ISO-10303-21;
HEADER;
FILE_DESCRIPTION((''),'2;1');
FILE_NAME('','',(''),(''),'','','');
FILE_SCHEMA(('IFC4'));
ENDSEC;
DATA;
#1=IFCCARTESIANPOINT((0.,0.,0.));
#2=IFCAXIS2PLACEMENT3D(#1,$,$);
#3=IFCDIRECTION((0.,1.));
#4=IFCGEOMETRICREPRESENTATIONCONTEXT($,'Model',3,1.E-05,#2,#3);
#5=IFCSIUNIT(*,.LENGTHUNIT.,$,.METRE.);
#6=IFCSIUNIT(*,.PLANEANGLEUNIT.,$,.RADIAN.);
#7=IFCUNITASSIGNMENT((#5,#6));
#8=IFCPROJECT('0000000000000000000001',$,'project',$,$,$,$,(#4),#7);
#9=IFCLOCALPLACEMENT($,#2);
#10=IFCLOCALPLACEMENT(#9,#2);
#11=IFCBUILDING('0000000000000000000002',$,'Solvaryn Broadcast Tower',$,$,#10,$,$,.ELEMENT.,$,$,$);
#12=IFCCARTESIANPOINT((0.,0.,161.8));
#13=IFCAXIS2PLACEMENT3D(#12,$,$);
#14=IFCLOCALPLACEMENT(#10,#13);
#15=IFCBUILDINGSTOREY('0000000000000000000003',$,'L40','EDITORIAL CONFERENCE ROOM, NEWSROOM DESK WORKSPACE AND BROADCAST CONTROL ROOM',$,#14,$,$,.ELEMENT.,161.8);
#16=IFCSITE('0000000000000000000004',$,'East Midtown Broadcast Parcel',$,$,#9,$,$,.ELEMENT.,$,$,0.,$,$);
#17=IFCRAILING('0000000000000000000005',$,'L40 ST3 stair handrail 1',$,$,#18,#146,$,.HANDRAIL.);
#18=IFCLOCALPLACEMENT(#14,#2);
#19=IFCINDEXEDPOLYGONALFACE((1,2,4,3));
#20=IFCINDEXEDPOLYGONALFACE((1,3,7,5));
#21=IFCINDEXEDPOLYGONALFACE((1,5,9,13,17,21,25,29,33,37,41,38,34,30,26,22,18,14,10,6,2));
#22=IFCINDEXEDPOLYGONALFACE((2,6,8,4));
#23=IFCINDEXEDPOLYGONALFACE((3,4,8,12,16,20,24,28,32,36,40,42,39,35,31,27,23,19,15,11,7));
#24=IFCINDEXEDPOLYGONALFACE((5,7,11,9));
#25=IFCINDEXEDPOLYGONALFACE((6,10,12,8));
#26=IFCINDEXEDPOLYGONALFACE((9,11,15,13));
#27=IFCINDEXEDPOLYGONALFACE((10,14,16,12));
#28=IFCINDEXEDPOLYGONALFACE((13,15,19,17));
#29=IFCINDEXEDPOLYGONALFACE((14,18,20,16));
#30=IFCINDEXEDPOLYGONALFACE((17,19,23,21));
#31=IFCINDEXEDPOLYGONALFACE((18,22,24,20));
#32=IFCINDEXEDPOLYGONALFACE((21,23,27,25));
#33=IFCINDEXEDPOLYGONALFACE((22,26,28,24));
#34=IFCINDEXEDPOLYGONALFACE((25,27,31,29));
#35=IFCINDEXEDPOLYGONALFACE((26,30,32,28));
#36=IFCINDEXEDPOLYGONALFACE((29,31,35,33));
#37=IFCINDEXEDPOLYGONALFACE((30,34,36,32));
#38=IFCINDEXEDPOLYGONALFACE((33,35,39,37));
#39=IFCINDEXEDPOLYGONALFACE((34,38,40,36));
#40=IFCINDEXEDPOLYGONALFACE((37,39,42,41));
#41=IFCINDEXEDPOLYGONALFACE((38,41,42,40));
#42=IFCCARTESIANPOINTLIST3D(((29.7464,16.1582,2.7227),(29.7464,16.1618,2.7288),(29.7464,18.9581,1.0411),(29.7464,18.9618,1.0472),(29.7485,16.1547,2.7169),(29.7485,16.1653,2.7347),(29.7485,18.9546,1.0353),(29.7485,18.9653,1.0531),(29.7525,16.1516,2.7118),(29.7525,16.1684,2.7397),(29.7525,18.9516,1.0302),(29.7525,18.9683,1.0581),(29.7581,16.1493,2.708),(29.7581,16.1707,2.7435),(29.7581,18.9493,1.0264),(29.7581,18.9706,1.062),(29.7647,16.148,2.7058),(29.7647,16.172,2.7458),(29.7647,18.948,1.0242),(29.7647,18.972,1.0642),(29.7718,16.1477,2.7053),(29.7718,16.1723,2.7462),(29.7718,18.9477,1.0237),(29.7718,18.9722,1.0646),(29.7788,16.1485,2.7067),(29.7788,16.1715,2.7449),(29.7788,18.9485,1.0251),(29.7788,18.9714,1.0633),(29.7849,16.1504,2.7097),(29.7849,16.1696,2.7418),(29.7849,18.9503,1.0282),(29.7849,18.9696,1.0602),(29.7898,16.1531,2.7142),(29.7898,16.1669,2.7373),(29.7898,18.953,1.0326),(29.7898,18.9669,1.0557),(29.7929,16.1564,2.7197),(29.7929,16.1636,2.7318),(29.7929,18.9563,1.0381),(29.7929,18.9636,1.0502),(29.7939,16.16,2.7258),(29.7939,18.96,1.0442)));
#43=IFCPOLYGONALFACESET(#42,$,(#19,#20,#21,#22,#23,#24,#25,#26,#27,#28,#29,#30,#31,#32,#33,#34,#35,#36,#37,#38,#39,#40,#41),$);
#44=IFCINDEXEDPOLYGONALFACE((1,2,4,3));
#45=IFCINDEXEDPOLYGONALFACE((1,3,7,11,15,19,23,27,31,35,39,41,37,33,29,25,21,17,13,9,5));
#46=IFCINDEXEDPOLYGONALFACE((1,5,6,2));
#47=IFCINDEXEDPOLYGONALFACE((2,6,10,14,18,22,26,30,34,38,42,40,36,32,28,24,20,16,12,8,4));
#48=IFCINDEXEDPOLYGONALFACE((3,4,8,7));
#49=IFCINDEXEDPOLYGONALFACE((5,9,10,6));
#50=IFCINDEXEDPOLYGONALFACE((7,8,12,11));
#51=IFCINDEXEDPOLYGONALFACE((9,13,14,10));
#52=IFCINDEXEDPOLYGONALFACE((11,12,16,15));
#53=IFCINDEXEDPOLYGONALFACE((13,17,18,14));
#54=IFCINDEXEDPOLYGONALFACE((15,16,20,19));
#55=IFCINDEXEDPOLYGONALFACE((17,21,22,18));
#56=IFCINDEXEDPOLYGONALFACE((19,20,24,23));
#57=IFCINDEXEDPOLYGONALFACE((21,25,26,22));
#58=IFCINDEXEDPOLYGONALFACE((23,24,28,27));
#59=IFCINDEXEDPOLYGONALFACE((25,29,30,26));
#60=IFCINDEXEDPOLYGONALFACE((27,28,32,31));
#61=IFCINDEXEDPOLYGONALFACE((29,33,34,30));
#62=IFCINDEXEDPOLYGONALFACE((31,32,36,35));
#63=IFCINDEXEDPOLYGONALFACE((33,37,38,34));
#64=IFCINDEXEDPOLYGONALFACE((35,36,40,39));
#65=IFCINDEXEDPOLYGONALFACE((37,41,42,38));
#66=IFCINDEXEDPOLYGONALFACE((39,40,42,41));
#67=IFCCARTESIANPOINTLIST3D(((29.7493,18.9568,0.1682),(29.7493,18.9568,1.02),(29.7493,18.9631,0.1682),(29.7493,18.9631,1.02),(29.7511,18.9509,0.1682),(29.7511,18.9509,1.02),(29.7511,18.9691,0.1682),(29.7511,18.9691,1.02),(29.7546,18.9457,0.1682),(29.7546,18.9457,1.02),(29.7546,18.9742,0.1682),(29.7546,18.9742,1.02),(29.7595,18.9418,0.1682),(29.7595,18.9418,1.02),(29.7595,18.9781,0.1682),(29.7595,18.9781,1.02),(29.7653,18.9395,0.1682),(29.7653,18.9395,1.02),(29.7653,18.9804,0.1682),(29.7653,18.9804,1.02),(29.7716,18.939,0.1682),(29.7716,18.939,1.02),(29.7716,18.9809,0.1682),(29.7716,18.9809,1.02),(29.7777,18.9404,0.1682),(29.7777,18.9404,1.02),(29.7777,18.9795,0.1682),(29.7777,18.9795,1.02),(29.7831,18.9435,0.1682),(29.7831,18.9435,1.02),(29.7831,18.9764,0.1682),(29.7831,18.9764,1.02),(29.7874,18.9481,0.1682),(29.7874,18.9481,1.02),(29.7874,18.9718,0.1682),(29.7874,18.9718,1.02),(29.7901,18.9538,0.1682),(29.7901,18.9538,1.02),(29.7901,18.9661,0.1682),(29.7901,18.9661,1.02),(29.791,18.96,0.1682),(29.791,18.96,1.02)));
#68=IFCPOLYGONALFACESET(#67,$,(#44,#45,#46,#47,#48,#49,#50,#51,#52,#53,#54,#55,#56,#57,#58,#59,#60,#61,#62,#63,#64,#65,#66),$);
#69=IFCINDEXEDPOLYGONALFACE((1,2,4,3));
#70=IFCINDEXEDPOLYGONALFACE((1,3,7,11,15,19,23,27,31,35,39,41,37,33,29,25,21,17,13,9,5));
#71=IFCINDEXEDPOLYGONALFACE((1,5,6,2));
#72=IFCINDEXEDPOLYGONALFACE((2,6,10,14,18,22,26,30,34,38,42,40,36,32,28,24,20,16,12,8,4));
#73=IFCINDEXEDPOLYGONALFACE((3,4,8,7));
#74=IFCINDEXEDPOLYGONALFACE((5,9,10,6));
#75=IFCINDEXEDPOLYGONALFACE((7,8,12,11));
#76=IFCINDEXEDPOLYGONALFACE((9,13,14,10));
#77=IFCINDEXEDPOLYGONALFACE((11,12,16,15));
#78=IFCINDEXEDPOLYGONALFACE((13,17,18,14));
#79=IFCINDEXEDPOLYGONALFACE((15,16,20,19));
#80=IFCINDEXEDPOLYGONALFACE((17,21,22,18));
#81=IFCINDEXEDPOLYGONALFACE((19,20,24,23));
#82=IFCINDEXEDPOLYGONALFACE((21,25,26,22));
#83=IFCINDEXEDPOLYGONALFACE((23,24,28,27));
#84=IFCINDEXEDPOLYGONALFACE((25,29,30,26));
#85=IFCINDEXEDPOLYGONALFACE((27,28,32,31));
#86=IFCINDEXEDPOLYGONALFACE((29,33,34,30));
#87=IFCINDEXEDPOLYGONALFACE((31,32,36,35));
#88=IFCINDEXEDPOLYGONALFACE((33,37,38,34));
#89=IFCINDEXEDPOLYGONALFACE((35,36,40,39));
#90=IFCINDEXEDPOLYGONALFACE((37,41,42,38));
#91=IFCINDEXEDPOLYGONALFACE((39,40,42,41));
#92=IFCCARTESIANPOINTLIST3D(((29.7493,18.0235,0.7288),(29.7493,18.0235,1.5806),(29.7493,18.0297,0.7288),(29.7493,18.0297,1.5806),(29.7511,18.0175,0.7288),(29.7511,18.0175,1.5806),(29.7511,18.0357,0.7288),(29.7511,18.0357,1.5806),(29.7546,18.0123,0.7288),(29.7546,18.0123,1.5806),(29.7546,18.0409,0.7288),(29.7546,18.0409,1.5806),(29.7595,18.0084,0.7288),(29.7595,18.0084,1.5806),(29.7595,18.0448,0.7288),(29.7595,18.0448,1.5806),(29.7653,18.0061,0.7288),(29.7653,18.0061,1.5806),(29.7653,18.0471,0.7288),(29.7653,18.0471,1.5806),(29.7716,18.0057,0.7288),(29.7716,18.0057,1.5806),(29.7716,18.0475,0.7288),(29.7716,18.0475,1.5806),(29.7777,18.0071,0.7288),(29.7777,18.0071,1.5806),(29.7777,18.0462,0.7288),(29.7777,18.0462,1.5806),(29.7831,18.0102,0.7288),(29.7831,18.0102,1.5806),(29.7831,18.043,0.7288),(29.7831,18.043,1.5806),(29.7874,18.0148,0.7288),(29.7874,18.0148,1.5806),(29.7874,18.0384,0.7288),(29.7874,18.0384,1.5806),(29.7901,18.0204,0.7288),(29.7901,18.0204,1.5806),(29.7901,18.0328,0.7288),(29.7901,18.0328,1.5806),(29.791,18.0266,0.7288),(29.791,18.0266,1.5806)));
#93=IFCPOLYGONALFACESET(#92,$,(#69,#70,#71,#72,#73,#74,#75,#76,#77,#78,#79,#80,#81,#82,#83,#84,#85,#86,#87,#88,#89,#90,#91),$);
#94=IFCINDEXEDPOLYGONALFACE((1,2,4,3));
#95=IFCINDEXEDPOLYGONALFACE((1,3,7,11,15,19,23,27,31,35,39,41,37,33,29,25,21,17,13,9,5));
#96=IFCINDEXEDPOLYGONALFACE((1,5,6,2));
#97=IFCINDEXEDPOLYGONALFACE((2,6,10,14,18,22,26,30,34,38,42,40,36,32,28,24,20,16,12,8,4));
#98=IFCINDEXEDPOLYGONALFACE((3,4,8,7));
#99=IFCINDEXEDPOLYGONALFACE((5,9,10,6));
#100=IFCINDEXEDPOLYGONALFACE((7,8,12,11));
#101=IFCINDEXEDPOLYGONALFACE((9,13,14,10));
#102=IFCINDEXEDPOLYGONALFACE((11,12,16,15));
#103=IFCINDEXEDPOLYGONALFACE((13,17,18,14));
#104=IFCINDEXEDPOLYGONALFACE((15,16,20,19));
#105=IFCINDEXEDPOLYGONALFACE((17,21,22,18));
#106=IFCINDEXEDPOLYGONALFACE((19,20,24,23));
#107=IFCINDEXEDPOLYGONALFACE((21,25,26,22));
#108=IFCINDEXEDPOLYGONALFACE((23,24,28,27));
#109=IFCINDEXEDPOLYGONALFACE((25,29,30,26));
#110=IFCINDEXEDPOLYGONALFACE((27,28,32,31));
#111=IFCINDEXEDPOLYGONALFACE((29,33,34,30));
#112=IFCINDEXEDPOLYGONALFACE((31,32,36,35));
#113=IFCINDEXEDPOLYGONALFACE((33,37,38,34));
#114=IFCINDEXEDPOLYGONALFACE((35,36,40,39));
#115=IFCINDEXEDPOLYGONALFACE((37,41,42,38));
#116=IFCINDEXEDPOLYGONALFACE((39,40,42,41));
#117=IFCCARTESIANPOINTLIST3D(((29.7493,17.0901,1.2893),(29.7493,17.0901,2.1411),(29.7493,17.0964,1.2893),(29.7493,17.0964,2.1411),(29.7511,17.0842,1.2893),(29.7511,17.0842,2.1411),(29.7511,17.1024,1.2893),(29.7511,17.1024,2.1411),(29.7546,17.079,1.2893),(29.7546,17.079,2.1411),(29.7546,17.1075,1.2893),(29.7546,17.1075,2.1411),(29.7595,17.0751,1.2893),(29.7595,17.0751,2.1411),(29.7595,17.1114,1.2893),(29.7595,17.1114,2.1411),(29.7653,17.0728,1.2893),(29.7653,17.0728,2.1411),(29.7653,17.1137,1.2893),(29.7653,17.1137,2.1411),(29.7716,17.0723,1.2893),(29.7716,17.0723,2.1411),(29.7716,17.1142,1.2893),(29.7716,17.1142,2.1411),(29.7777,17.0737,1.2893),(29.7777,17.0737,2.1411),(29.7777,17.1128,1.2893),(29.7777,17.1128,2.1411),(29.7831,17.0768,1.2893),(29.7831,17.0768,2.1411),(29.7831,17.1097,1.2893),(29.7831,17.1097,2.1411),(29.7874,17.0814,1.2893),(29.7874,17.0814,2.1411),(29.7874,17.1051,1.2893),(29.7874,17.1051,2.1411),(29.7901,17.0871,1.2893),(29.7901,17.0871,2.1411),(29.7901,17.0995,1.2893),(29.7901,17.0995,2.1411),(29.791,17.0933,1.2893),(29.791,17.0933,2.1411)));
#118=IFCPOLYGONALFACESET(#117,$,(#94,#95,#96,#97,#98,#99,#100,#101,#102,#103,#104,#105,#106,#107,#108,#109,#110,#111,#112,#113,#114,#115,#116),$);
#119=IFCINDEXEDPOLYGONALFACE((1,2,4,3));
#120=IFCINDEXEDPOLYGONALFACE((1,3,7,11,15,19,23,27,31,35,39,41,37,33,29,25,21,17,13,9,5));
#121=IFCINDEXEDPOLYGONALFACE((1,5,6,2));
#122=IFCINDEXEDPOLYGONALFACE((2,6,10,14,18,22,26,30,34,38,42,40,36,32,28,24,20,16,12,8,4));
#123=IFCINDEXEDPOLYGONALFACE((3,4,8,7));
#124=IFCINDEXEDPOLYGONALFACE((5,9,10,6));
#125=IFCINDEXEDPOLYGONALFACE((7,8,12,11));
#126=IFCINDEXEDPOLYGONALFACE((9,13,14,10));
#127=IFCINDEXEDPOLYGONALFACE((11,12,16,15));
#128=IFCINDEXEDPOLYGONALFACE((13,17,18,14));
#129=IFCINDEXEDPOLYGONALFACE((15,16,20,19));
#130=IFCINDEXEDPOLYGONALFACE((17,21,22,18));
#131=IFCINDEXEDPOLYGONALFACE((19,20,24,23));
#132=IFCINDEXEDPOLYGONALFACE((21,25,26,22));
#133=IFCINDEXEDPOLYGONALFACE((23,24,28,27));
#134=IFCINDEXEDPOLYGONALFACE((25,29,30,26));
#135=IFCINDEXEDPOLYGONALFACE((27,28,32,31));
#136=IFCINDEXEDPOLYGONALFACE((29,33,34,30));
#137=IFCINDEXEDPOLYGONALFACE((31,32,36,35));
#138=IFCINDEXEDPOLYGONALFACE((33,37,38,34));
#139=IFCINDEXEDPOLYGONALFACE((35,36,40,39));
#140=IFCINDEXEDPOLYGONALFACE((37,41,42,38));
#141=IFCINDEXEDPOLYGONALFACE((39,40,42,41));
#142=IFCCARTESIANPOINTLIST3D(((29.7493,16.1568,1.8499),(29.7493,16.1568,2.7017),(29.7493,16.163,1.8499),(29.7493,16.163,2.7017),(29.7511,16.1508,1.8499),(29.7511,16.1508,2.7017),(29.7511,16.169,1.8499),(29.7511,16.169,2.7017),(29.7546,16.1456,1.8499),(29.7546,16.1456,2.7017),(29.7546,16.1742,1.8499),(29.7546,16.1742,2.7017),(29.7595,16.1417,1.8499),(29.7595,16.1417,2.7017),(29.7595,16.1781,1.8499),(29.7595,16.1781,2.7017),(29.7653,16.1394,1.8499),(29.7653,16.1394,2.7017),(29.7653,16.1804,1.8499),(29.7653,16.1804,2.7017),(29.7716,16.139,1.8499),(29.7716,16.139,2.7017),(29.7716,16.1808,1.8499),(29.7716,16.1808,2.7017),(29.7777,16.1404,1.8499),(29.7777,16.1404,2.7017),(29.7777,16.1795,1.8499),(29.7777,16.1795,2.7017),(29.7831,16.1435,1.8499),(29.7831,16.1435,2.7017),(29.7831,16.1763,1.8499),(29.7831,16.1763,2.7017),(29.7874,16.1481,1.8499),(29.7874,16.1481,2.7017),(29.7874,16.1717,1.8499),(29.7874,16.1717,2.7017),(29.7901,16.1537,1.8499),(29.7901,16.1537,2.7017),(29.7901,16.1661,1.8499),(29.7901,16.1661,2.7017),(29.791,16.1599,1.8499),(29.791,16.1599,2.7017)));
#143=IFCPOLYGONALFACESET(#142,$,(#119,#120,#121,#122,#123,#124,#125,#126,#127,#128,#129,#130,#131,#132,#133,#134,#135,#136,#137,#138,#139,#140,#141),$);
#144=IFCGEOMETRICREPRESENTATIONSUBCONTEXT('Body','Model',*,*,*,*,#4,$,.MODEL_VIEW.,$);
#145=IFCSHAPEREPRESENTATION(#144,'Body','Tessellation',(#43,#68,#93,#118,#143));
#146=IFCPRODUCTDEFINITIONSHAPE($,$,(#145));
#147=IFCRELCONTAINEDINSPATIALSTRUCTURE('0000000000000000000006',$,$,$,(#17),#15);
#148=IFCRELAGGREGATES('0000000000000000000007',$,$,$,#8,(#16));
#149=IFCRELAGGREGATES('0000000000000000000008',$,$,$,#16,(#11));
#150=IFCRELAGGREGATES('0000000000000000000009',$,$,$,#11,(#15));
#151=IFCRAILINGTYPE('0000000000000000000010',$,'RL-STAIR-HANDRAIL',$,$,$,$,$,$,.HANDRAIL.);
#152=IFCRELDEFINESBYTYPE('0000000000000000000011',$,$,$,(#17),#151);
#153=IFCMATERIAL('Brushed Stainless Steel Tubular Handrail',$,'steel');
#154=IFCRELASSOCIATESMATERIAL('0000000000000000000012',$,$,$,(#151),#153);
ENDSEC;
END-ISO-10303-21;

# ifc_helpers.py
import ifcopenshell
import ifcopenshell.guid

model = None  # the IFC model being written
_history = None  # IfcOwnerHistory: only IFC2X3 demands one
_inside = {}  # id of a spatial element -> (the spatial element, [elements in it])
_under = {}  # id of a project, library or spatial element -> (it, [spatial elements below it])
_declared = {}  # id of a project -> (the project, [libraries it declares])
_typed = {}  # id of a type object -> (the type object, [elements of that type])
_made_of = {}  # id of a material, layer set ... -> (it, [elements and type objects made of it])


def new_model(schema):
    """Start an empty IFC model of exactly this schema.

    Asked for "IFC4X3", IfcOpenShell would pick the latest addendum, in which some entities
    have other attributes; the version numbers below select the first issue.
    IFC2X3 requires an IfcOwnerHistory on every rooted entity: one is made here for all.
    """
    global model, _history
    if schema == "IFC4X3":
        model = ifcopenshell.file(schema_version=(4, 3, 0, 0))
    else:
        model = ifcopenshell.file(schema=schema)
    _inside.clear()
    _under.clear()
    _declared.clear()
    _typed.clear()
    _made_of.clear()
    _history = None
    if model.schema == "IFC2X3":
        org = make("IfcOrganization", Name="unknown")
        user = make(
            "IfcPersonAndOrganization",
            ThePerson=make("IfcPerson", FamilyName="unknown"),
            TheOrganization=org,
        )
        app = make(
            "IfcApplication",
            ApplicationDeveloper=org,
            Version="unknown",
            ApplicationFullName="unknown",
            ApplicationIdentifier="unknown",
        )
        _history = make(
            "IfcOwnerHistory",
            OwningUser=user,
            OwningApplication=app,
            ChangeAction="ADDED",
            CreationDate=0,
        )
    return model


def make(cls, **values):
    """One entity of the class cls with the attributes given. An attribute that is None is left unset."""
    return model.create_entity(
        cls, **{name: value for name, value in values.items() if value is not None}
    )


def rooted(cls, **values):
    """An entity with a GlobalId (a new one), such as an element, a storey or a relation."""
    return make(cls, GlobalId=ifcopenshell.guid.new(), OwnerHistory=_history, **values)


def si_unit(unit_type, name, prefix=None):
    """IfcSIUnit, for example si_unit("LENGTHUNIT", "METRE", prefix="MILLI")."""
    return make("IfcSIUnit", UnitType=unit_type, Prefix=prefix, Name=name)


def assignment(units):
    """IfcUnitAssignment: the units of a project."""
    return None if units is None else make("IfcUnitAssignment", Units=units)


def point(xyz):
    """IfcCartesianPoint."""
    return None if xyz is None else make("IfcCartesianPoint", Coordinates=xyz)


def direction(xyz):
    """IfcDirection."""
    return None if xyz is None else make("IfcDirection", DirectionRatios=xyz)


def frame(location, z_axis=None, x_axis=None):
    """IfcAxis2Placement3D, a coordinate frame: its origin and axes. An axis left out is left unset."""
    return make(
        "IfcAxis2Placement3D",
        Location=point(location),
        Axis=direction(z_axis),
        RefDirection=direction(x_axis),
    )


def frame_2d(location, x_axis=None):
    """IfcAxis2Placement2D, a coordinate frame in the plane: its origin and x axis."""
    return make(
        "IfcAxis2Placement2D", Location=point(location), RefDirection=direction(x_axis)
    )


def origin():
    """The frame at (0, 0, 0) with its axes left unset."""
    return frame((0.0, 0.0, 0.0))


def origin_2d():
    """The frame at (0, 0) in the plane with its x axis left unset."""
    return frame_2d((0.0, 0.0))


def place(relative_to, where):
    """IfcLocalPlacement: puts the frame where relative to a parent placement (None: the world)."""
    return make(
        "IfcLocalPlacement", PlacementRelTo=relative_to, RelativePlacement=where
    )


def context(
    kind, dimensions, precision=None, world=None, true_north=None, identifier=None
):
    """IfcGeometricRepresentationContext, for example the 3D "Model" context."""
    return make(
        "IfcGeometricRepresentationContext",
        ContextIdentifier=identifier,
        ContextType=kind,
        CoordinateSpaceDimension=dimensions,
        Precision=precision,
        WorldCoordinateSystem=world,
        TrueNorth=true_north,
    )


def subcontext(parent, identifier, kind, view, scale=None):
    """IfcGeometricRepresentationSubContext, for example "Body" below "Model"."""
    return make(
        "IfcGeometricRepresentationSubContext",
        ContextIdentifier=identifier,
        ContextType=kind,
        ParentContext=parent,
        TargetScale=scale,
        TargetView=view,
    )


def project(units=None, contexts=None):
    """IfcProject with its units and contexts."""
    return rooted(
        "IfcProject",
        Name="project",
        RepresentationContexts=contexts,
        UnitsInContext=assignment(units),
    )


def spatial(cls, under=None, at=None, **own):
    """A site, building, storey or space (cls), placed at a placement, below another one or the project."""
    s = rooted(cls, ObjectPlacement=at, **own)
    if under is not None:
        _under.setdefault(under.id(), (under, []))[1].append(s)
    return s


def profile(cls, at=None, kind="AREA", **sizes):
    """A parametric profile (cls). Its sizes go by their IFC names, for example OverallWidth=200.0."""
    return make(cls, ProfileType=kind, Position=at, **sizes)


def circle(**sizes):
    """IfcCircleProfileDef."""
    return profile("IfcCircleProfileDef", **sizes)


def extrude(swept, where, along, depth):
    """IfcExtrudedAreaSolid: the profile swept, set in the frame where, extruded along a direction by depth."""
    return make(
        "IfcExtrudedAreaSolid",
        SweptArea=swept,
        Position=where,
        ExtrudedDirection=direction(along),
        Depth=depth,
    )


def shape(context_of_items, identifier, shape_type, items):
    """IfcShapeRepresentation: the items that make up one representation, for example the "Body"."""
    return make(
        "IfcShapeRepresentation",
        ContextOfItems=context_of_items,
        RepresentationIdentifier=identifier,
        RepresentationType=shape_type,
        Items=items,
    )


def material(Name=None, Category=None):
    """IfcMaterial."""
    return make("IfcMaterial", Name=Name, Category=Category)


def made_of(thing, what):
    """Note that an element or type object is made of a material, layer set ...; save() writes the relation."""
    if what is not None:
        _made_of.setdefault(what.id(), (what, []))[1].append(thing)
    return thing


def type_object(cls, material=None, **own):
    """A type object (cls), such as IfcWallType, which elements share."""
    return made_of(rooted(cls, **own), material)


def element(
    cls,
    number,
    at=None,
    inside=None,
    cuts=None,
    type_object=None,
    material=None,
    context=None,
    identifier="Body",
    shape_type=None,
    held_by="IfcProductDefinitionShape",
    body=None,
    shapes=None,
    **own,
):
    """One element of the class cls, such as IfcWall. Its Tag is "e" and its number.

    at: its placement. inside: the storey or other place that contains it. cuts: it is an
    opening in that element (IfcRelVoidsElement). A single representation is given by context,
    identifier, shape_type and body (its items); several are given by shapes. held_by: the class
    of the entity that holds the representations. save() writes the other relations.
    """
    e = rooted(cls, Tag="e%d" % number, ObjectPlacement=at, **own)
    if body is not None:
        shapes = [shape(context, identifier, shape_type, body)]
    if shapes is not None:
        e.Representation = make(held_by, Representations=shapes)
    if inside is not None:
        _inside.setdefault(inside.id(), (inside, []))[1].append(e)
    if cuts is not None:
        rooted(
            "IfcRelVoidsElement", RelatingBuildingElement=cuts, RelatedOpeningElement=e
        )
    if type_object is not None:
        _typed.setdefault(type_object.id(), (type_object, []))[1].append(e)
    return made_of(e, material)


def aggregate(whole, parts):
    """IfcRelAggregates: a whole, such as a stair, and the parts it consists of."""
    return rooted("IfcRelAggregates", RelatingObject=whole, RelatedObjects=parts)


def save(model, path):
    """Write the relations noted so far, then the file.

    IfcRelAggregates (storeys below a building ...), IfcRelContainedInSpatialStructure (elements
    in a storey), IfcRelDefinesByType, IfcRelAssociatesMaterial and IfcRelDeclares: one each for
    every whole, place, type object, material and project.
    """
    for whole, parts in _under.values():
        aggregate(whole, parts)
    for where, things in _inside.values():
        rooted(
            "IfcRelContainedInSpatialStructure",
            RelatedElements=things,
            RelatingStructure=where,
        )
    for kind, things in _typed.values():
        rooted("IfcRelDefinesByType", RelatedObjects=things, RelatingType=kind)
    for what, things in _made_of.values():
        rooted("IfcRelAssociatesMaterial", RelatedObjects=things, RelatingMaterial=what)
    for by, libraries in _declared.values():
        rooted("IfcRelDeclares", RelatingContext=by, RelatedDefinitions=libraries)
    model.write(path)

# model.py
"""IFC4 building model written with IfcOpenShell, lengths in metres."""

from ifc_helpers import new_model, si_unit, direction, frame, origin, origin_2d, place, context, subcontext, project, spatial, circle, extrude, material, type_object, element, save


model = new_model("IFC4")

# Units and contexts
model_context = context("Model", 3, precision=1e-05, world=origin(), true_north=direction((0.0, 1.0)))
body_context = subcontext(model_context, "Body", "Model", "MODEL_VIEW")
ifc_project = project(units=[si_unit("LENGTHUNIT", "METRE"), si_unit("PLANEANGLEUNIT", "RADIAN")], contexts=[model_context])

# Site, building, storey
site_placement = place(None, origin())
site = spatial("IfcSite", under=ifc_project, at=site_placement, Name="East Midtown Broadcast Parcel", CompositionType="ELEMENT", RefElevation=0.0)
building_placement = place(site_placement, origin())
building = spatial("IfcBuilding", under=site, at=building_placement, Name="Solvaryn Broadcast Tower", CompositionType="ELEMENT")
storey_placement = place(building_placement, frame((0.0, 0.0, 161.8)))
storey = spatial("IfcBuildingStorey", under=building, at=storey_placement, Name="L40", Description="EDITORIAL CONFERENCE ROOM, NEWSROOM DESK WORKSPACE AND BROADCAST CONTROL ROOM", CompositionType="ELEMENT", Elevation=161.8)

# Railing
ifc_material_1 = material(Name="Brushed Stainless Steel Tubular Handrail", Category="steel")
railing_type_1 = type_object("IfcRailingType", Name="RL-STAIR-HANDRAIL", PredefinedType="HANDRAIL", material=ifc_material_1)
railing_1_placement = place(storey_placement, frame((29.77, 18.96, 0.1682)))
element("IfcRailing", 1, at=railing_1_placement, inside=storey, type_object=railing_type_1, Name="L40 ST3 stair handrail 1", PredefinedType="HANDRAIL", context=body_context, shape_type="SweptSolid", body=[
    extrude(circle(Radius=0.0239, at=origin_2d()), frame((0.0, 0.0, 0.876), z_axis=(0.0, -0.857275, 0.514858), x_axis=(1.0, 0.0, 0.0)), (0.0, 0.0, 1.0), 3.2661),
    extrude(circle(Radius=0.021, at=origin_2d()), origin(), (0.0, 0.0, 1.0), 0.8518),
    extrude(circle(Radius=0.021, at=origin_2d()), frame((0.0, -0.9333, 0.5605)), (0.0, 0.0, 1.0), 0.8518),
    extrude(circle(Radius=0.021, at=origin_2d()), frame((0.0, -1.8667, 1.1211)), (0.0, 0.0, 1.0), 0.8518),
    extrude(circle(Radius=0.021, at=origin_2d()), frame((0.0, -2.8, 1.6816)), (0.0, 0.0, 1.0), 0.8518),
])

save(model, "model.ifc")
